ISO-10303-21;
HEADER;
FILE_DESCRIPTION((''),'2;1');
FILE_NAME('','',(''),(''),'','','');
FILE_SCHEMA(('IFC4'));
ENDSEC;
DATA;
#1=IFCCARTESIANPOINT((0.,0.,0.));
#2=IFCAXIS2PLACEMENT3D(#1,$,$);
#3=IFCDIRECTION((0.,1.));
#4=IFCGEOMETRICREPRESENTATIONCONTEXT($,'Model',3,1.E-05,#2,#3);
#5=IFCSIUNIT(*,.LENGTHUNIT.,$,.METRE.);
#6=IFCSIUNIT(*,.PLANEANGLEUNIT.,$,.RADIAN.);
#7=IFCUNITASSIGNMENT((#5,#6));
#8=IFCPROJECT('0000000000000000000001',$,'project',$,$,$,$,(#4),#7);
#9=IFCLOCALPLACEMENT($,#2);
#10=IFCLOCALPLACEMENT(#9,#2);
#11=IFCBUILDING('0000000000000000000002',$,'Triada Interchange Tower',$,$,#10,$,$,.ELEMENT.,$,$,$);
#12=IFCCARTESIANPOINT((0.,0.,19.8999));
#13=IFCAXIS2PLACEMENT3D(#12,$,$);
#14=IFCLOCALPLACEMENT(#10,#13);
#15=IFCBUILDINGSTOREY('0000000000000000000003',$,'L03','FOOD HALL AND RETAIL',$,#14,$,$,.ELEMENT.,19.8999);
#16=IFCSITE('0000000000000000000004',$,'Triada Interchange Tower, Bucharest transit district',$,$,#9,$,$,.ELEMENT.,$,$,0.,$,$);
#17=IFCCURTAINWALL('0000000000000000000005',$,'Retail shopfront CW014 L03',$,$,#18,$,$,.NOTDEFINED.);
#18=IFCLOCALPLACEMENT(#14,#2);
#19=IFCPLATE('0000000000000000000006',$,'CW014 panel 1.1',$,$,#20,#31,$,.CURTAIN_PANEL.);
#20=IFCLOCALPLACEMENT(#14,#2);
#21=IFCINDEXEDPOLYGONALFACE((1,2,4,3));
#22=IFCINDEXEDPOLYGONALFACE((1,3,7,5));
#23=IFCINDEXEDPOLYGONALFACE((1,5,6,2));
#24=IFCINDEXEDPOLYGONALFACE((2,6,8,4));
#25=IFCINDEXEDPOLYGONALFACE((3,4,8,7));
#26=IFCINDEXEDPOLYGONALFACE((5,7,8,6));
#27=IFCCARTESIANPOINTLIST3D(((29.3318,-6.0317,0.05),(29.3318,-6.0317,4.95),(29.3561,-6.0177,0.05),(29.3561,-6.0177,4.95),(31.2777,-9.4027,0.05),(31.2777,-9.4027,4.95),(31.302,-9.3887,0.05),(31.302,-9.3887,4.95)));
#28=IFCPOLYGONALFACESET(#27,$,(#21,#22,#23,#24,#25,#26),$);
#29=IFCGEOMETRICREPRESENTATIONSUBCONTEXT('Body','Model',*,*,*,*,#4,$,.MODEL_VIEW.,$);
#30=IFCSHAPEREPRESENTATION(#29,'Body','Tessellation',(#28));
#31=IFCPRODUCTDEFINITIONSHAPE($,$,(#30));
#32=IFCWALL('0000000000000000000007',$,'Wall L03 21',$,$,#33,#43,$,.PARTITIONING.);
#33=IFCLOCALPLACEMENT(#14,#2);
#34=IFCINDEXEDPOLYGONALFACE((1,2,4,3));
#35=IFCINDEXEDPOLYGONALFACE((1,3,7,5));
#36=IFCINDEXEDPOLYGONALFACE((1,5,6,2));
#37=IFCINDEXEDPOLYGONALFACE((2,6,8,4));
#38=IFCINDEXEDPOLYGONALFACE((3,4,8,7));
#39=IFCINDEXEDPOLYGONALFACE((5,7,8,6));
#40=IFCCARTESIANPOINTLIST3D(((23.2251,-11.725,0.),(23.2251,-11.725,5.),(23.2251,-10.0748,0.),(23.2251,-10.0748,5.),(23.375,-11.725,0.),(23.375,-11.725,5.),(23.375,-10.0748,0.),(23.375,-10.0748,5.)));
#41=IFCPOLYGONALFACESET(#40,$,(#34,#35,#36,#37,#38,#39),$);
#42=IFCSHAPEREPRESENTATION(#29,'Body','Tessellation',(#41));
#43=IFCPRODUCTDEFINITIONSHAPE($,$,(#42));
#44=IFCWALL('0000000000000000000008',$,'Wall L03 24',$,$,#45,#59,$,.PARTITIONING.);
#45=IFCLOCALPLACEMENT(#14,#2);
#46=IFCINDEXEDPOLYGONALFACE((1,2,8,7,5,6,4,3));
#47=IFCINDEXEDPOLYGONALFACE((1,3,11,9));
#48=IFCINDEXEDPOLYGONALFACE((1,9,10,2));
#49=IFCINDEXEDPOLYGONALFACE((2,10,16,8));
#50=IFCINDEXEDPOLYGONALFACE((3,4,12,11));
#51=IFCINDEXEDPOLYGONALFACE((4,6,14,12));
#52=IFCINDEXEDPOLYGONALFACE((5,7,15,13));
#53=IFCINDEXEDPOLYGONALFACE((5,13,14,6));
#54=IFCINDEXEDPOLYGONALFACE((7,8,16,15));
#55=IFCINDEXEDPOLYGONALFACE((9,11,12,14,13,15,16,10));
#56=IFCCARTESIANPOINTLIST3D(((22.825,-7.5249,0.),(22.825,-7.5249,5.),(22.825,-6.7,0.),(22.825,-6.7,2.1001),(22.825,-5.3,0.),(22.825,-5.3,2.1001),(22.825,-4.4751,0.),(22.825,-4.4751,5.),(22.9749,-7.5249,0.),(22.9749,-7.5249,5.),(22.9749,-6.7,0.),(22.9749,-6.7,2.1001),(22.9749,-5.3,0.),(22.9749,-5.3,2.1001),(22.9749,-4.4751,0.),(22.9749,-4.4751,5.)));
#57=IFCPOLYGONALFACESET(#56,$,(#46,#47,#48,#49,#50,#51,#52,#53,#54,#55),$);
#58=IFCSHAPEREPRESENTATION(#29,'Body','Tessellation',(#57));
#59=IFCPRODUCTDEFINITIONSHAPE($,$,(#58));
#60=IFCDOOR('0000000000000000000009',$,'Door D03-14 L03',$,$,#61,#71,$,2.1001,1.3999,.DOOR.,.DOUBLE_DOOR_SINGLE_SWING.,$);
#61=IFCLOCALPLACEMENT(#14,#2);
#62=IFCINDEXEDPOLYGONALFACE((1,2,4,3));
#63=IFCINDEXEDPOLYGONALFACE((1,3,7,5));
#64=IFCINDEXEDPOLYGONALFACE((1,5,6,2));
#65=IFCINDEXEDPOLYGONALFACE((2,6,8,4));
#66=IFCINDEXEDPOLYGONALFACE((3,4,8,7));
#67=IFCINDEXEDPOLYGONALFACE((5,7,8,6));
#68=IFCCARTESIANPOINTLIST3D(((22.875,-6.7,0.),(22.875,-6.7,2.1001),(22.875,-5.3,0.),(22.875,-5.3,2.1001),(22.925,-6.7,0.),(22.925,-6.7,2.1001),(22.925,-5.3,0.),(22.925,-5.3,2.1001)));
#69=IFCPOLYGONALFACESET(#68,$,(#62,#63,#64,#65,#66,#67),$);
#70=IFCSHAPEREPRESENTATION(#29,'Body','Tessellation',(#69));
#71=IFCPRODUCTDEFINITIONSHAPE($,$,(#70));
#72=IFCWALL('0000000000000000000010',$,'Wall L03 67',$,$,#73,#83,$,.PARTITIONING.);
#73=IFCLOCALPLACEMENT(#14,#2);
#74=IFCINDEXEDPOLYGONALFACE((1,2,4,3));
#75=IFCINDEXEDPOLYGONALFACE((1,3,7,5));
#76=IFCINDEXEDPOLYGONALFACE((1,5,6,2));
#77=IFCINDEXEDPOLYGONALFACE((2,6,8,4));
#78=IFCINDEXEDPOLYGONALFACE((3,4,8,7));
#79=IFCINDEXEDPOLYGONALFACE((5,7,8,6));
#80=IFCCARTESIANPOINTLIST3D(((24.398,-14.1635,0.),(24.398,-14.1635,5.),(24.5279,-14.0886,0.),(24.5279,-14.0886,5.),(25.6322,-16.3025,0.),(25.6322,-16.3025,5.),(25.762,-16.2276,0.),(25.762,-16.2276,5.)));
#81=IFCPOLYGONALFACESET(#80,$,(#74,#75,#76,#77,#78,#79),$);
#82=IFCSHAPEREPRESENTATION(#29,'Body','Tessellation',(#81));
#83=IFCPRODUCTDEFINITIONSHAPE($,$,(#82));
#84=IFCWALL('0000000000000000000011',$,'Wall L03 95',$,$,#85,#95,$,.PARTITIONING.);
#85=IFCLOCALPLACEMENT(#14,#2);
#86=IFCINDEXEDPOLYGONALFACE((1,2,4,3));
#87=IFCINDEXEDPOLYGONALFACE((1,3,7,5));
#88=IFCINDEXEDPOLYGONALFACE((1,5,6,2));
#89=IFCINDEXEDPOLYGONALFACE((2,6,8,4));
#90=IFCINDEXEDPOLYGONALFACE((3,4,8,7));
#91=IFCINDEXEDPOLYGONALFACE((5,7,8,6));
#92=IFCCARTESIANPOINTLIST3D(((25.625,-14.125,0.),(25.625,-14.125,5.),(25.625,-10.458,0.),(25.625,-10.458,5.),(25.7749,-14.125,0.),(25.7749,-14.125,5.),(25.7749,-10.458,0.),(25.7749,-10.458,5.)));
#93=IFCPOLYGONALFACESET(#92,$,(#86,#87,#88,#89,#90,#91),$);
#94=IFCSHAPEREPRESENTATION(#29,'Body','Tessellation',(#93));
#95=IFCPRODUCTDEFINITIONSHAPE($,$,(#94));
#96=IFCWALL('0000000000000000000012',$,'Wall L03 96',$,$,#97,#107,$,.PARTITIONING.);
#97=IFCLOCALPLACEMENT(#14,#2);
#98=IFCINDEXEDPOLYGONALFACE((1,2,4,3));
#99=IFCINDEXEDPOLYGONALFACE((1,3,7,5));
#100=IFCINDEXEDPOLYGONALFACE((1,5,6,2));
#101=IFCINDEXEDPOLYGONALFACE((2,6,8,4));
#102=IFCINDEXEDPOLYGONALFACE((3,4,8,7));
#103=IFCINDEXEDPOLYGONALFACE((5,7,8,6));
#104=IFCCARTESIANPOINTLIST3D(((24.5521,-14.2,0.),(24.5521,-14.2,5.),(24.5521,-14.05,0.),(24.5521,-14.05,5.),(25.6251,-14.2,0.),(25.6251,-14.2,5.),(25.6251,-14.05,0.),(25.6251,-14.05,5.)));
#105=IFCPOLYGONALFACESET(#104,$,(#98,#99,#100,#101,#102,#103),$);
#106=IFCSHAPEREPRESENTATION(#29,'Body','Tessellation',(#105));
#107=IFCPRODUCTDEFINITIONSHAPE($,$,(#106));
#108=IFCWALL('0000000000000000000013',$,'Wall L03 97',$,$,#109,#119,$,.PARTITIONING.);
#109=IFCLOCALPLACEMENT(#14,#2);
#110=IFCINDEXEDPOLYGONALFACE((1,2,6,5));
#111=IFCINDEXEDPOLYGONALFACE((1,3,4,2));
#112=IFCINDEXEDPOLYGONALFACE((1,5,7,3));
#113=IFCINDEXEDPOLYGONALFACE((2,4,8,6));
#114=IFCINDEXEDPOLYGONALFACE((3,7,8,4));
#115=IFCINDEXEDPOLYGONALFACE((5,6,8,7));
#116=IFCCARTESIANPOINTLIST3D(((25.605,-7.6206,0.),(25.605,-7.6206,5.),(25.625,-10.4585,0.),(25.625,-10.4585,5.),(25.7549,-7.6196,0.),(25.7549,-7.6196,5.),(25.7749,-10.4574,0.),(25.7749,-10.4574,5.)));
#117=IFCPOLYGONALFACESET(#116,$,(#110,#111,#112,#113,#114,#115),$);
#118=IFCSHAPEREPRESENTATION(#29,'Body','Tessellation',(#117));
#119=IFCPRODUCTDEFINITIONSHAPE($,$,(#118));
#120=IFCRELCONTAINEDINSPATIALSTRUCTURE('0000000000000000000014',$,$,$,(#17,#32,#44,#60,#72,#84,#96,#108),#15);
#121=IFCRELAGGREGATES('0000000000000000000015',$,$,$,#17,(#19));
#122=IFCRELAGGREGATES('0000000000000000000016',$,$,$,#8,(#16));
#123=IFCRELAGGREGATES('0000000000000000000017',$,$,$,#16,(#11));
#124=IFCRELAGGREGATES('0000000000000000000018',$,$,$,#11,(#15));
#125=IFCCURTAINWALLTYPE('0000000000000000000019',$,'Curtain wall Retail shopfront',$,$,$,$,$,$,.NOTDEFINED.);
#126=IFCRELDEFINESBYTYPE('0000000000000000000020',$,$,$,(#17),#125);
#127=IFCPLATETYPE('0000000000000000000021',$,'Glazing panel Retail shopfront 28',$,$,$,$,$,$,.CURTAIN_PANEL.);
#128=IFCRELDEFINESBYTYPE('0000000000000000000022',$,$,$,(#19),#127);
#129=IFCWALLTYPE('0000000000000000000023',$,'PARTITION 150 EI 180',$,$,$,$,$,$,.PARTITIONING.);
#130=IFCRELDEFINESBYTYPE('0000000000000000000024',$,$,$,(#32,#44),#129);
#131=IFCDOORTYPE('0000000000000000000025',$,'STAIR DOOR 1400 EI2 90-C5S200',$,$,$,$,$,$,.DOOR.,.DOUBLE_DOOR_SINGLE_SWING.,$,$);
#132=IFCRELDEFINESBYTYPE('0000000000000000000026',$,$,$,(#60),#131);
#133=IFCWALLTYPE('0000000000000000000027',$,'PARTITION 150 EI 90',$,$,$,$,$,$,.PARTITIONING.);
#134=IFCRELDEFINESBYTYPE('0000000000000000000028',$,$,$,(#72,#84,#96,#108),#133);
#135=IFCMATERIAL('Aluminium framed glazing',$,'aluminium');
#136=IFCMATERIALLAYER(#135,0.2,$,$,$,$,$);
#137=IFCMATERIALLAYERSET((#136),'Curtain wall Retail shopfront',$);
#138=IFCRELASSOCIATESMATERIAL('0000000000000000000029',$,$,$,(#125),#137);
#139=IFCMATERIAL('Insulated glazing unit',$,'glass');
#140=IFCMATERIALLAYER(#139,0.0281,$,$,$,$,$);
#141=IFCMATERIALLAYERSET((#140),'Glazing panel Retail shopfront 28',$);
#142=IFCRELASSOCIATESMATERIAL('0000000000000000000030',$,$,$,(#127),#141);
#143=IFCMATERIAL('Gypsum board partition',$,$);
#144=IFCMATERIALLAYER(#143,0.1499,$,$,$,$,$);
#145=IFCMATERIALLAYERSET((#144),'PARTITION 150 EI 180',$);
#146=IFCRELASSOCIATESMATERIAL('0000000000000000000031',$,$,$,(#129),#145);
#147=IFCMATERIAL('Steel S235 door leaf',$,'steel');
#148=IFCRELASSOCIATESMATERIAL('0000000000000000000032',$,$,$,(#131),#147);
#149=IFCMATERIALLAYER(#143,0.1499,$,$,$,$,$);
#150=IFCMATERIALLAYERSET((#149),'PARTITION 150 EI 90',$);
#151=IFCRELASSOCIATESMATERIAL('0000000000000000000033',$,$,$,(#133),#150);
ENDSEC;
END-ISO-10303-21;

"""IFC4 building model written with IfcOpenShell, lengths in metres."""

from ifc_helpers import new_model, si_unit, direction, frame, frame_2d, origin, origin_2d, place, context, subcontext, project, spatial, rectangle, extrude, material, layer, layer_set, type_object, element, fill, aggregate, save


model = new_model("IFC4")

# Units and contexts
model_context = context("Model", 3, precision=1e-05, world=origin(), true_north=direction((0.0, 1.0)))
body_context = subcontext(model_context, "Body", "Model", "MODEL_VIEW")
ifc_project = project(units=[si_unit("LENGTHUNIT", "METRE"), si_unit("PLANEANGLEUNIT", "RADIAN")], contexts=[model_context])

# Site, building, storey
site_placement = place(None, origin())
site = spatial("IfcSite", under=ifc_project, at=site_placement, Name="Triada Interchange Tower, Bucharest transit district", CompositionType="ELEMENT", RefElevation=0.0)
building_placement = place(site_placement, origin())
building = spatial("IfcBuilding", under=site, at=building_placement, Name="Triada Interchange Tower", CompositionType="ELEMENT")
storey_placement = place(building_placement, frame((0.0, 0.0, 19.8999)))
storey = spatial("IfcBuildingStorey", under=building, at=storey_placement, Name="L03", Description="FOOD HALL AND RETAIL", CompositionType="ELEMENT", Elevation=19.8999)

# Curtain wall
ifc_material_1 = material(Name="Aluminium framed glazing", Category="aluminium")
ifc_layer_1 = layer(ifc_material_1, 0.2)
ifc_layer_set_1 = layer_set([ifc_layer_1], Name="Curtain wall Retail shopfront")
curtain_wall_type = type_object("IfcCurtainWallType", Name="Curtain wall Retail shopfront", PredefinedType="NOTDEFINED", material=ifc_layer_set_1)
curtain_wall_1_placement = place(storey_placement, origin())
curtain_wall_1 = element("IfcCurtainWall", 1, at=curtain_wall_1_placement, inside=storey, type_object=curtain_wall_type, Name="Retail shopfront CW014 L03", PredefinedType="NOTDEFINED")

# Plate
ifc_material_2 = material(Name="Insulated glazing unit", Category="glass")
ifc_layer_2 = layer(ifc_material_2, 0.0281)
ifc_layer_set_2 = layer_set([ifc_layer_2], Name="Glazing panel Retail shopfront 28")
plate_type = type_object("IfcPlateType", Name="Glazing panel Retail shopfront 28", PredefinedType="CURTAIN_PANEL", material=ifc_layer_set_2)
plate_1_placement = place(storey_placement, frame((30.3169, -7.7102, 0.05), z_axis=(0.0, 0.0, 1.0), x_axis=(-0.499948, 0.866055, 0.0)))
plate_1 = element("IfcPlate", 2, at=plate_1_placement, type_object=plate_type, Name="CW014 panel 1.1", PredefinedType="CURTAIN_PANEL", context=body_context, shape_type="SweptSolid", body=[
    extrude(rectangle(XDim=3.8923, YDim=0.0281, at=origin_2d()), origin(), (0.0, 0.0, 1.0), 4.8999),
])
aggregate(curtain_wall_1, [plate_1])

# Wall
ifc_material_3 = material(Name="Gypsum board partition")
ifc_layer_3 = layer(ifc_material_3, 0.1499)
ifc_layer_set_3 = layer_set([ifc_layer_3], Name="PARTITION 150 EI 180")
wall_type_1 = type_object("IfcWallType", Name="PARTITION 150 EI 180", PredefinedType="PARTITIONING", material=ifc_layer_set_3)
wall_1_placement = place(storey_placement, frame((23.3, -11.7251, 0.0), z_axis=(0.0, 0.0, 1.0), x_axis=(0.0, 1.0, 0.0)))
element("IfcWall", 3, at=wall_1_placement, inside=storey, type_object=wall_type_1, Name="Wall L03 21", PredefinedType="PARTITIONING", context=body_context, shape_type="SweptSolid", body=[
    extrude(rectangle(XDim=1.6501, YDim=0.1499, at=frame_2d((0.8252, 0.0))), origin(), (0.0, 0.0, 1.0), 5.0),
])

# Wall, opening, door
wall_2_placement = place(storey_placement, frame((22.8999, -7.5249, 0.0), z_axis=(0.0, 0.0, 1.0), x_axis=(0.0, 1.0, 0.0)))
wall_2 = element("IfcWall", 4, at=wall_2_placement, inside=storey, type_object=wall_type_1, Name="Wall L03 24", PredefinedType="PARTITIONING", context=body_context, shape_type="SweptSolid", body=[
    extrude(rectangle(XDim=3.0498, YDim=0.1499, at=frame_2d((1.5249, 0.0))), origin(), (0.0, 0.0, 1.0), 5.0),
])
opening_placement = place(wall_2_placement, frame((0.825, 0.0, 0.0)))
opening = element("IfcOpeningElement", 5, at=opening_placement, cuts=wall_2, PredefinedType="OPENING", context=body_context, shape_type="SweptSolid", body=[
    extrude(rectangle(XDim=1.3999, YDim=2.1001, at=frame_2d((0.7, 1.05))), frame((0.0, 0.085, 0.0), z_axis=(0.0, -1.0, 0.0), x_axis=(1.0, 0.0, 0.0)), (0.0, 0.0, 1.0), 0.1699),
])
ifc_material_4 = material(Name="Steel S235 door leaf", Category="steel")
door_type = type_object("IfcDoorType", Name="STAIR DOOR 1400 EI2 90-C5S200", OperationType="DOUBLE_DOOR_SINGLE_SWING", PredefinedType="DOOR", material=ifc_material_4)
door_placement = place(opening_placement, origin())
door = element("IfcDoor", 6, at=door_placement, inside=storey, type_object=door_type, Name="Door D03-14 L03", OperationType="DOUBLE_DOOR_SINGLE_SWING", OverallHeight=2.1001, OverallWidth=1.3999, PredefinedType="DOOR", context=body_context, shape_type="SweptSolid", body=[
    extrude(rectangle(XDim=1.3999, YDim=2.1001, at=frame_2d((0.7, 1.05))), frame((0.0, 0.0249, 0.0), z_axis=(0.0, -1.0, 0.0), x_axis=(1.0, 0.0, 0.0)), (0.0, 0.0, 1.0), 0.05),
])
fill(opening, door)

# Walls
ifc_layer_4 = layer(ifc_material_3, 0.1499)
ifc_layer_set_4 = layer_set([ifc_layer_4], Name="PARTITION 150 EI 90")
wall_type_2 = type_object("IfcWallType", Name="PARTITION 150 EI 90", PredefinedType="PARTITIONING", material=ifc_layer_set_4)
wall_3_placement = place(storey_placement, frame((24.4629, -14.126, 0.0), z_axis=(0.0, 0.0, 1.0), x_axis=(0.499765, -0.866161, 0.0)))
element("IfcWall", 7, at=wall_3_placement, inside=storey, type_object=wall_type_2, Name="Wall L03 67", PredefinedType="PARTITIONING", context=body_context, shape_type="SweptSolid", body=[
    extrude(rectangle(XDim=2.4695, YDim=0.1499, at=frame_2d((1.2349, 0.0))), origin(), (0.0, 0.0, 1.0), 5.0),
])
wall_4_placement = place(storey_placement, frame((25.7, -14.125, 0.0), z_axis=(0.0, 0.0, 1.0), x_axis=(0.0, 1.0, 0.0)))
element("IfcWall", 8, at=wall_4_placement, inside=storey, type_object=wall_type_2, Name="Wall L03 95", PredefinedType="PARTITIONING", context=body_context, shape_type="SweptSolid", body=[
    extrude(rectangle(XDim=3.667, YDim=0.1499, at=frame_2d((1.8335, 0.0))), origin(), (0.0, 0.0, 1.0), 5.0),
])
wall_5_placement = place(storey_placement, frame((24.552, -14.125, 0.0), z_axis=(0.0, 0.0, 1.0), x_axis=(1.0, 0.0, 0.0)))
element("IfcWall", 9, at=wall_5_placement, inside=storey, type_object=wall_type_2, Name="Wall L03 96", PredefinedType="PARTITIONING", context=body_context, shape_type="SweptSolid", body=[
    extrude(rectangle(XDim=1.073, YDim=0.1499, at=frame_2d((0.5366, 0.0))), origin(), (0.0, 0.0, 1.0), 5.0),
])
wall_6_placement = place(storey_placement, frame((25.6799, -7.6201, 0.0), z_axis=(0.0, 0.0, 1.0), x_axis=(0.007054, -0.999975, 0.0)))
element("IfcWall", 10, at=wall_6_placement, inside=storey, type_object=wall_type_2, Name="Wall L03 97", PredefinedType="PARTITIONING", context=body_context, shape_type="SweptSolid", body=[
    extrude(rectangle(XDim=2.8379, YDim=0.1499, at=frame_2d((1.4189, 0.0))), origin(), (0.0, 0.0, 1.0), 5.0),
])

save(model, "model.ifc")
